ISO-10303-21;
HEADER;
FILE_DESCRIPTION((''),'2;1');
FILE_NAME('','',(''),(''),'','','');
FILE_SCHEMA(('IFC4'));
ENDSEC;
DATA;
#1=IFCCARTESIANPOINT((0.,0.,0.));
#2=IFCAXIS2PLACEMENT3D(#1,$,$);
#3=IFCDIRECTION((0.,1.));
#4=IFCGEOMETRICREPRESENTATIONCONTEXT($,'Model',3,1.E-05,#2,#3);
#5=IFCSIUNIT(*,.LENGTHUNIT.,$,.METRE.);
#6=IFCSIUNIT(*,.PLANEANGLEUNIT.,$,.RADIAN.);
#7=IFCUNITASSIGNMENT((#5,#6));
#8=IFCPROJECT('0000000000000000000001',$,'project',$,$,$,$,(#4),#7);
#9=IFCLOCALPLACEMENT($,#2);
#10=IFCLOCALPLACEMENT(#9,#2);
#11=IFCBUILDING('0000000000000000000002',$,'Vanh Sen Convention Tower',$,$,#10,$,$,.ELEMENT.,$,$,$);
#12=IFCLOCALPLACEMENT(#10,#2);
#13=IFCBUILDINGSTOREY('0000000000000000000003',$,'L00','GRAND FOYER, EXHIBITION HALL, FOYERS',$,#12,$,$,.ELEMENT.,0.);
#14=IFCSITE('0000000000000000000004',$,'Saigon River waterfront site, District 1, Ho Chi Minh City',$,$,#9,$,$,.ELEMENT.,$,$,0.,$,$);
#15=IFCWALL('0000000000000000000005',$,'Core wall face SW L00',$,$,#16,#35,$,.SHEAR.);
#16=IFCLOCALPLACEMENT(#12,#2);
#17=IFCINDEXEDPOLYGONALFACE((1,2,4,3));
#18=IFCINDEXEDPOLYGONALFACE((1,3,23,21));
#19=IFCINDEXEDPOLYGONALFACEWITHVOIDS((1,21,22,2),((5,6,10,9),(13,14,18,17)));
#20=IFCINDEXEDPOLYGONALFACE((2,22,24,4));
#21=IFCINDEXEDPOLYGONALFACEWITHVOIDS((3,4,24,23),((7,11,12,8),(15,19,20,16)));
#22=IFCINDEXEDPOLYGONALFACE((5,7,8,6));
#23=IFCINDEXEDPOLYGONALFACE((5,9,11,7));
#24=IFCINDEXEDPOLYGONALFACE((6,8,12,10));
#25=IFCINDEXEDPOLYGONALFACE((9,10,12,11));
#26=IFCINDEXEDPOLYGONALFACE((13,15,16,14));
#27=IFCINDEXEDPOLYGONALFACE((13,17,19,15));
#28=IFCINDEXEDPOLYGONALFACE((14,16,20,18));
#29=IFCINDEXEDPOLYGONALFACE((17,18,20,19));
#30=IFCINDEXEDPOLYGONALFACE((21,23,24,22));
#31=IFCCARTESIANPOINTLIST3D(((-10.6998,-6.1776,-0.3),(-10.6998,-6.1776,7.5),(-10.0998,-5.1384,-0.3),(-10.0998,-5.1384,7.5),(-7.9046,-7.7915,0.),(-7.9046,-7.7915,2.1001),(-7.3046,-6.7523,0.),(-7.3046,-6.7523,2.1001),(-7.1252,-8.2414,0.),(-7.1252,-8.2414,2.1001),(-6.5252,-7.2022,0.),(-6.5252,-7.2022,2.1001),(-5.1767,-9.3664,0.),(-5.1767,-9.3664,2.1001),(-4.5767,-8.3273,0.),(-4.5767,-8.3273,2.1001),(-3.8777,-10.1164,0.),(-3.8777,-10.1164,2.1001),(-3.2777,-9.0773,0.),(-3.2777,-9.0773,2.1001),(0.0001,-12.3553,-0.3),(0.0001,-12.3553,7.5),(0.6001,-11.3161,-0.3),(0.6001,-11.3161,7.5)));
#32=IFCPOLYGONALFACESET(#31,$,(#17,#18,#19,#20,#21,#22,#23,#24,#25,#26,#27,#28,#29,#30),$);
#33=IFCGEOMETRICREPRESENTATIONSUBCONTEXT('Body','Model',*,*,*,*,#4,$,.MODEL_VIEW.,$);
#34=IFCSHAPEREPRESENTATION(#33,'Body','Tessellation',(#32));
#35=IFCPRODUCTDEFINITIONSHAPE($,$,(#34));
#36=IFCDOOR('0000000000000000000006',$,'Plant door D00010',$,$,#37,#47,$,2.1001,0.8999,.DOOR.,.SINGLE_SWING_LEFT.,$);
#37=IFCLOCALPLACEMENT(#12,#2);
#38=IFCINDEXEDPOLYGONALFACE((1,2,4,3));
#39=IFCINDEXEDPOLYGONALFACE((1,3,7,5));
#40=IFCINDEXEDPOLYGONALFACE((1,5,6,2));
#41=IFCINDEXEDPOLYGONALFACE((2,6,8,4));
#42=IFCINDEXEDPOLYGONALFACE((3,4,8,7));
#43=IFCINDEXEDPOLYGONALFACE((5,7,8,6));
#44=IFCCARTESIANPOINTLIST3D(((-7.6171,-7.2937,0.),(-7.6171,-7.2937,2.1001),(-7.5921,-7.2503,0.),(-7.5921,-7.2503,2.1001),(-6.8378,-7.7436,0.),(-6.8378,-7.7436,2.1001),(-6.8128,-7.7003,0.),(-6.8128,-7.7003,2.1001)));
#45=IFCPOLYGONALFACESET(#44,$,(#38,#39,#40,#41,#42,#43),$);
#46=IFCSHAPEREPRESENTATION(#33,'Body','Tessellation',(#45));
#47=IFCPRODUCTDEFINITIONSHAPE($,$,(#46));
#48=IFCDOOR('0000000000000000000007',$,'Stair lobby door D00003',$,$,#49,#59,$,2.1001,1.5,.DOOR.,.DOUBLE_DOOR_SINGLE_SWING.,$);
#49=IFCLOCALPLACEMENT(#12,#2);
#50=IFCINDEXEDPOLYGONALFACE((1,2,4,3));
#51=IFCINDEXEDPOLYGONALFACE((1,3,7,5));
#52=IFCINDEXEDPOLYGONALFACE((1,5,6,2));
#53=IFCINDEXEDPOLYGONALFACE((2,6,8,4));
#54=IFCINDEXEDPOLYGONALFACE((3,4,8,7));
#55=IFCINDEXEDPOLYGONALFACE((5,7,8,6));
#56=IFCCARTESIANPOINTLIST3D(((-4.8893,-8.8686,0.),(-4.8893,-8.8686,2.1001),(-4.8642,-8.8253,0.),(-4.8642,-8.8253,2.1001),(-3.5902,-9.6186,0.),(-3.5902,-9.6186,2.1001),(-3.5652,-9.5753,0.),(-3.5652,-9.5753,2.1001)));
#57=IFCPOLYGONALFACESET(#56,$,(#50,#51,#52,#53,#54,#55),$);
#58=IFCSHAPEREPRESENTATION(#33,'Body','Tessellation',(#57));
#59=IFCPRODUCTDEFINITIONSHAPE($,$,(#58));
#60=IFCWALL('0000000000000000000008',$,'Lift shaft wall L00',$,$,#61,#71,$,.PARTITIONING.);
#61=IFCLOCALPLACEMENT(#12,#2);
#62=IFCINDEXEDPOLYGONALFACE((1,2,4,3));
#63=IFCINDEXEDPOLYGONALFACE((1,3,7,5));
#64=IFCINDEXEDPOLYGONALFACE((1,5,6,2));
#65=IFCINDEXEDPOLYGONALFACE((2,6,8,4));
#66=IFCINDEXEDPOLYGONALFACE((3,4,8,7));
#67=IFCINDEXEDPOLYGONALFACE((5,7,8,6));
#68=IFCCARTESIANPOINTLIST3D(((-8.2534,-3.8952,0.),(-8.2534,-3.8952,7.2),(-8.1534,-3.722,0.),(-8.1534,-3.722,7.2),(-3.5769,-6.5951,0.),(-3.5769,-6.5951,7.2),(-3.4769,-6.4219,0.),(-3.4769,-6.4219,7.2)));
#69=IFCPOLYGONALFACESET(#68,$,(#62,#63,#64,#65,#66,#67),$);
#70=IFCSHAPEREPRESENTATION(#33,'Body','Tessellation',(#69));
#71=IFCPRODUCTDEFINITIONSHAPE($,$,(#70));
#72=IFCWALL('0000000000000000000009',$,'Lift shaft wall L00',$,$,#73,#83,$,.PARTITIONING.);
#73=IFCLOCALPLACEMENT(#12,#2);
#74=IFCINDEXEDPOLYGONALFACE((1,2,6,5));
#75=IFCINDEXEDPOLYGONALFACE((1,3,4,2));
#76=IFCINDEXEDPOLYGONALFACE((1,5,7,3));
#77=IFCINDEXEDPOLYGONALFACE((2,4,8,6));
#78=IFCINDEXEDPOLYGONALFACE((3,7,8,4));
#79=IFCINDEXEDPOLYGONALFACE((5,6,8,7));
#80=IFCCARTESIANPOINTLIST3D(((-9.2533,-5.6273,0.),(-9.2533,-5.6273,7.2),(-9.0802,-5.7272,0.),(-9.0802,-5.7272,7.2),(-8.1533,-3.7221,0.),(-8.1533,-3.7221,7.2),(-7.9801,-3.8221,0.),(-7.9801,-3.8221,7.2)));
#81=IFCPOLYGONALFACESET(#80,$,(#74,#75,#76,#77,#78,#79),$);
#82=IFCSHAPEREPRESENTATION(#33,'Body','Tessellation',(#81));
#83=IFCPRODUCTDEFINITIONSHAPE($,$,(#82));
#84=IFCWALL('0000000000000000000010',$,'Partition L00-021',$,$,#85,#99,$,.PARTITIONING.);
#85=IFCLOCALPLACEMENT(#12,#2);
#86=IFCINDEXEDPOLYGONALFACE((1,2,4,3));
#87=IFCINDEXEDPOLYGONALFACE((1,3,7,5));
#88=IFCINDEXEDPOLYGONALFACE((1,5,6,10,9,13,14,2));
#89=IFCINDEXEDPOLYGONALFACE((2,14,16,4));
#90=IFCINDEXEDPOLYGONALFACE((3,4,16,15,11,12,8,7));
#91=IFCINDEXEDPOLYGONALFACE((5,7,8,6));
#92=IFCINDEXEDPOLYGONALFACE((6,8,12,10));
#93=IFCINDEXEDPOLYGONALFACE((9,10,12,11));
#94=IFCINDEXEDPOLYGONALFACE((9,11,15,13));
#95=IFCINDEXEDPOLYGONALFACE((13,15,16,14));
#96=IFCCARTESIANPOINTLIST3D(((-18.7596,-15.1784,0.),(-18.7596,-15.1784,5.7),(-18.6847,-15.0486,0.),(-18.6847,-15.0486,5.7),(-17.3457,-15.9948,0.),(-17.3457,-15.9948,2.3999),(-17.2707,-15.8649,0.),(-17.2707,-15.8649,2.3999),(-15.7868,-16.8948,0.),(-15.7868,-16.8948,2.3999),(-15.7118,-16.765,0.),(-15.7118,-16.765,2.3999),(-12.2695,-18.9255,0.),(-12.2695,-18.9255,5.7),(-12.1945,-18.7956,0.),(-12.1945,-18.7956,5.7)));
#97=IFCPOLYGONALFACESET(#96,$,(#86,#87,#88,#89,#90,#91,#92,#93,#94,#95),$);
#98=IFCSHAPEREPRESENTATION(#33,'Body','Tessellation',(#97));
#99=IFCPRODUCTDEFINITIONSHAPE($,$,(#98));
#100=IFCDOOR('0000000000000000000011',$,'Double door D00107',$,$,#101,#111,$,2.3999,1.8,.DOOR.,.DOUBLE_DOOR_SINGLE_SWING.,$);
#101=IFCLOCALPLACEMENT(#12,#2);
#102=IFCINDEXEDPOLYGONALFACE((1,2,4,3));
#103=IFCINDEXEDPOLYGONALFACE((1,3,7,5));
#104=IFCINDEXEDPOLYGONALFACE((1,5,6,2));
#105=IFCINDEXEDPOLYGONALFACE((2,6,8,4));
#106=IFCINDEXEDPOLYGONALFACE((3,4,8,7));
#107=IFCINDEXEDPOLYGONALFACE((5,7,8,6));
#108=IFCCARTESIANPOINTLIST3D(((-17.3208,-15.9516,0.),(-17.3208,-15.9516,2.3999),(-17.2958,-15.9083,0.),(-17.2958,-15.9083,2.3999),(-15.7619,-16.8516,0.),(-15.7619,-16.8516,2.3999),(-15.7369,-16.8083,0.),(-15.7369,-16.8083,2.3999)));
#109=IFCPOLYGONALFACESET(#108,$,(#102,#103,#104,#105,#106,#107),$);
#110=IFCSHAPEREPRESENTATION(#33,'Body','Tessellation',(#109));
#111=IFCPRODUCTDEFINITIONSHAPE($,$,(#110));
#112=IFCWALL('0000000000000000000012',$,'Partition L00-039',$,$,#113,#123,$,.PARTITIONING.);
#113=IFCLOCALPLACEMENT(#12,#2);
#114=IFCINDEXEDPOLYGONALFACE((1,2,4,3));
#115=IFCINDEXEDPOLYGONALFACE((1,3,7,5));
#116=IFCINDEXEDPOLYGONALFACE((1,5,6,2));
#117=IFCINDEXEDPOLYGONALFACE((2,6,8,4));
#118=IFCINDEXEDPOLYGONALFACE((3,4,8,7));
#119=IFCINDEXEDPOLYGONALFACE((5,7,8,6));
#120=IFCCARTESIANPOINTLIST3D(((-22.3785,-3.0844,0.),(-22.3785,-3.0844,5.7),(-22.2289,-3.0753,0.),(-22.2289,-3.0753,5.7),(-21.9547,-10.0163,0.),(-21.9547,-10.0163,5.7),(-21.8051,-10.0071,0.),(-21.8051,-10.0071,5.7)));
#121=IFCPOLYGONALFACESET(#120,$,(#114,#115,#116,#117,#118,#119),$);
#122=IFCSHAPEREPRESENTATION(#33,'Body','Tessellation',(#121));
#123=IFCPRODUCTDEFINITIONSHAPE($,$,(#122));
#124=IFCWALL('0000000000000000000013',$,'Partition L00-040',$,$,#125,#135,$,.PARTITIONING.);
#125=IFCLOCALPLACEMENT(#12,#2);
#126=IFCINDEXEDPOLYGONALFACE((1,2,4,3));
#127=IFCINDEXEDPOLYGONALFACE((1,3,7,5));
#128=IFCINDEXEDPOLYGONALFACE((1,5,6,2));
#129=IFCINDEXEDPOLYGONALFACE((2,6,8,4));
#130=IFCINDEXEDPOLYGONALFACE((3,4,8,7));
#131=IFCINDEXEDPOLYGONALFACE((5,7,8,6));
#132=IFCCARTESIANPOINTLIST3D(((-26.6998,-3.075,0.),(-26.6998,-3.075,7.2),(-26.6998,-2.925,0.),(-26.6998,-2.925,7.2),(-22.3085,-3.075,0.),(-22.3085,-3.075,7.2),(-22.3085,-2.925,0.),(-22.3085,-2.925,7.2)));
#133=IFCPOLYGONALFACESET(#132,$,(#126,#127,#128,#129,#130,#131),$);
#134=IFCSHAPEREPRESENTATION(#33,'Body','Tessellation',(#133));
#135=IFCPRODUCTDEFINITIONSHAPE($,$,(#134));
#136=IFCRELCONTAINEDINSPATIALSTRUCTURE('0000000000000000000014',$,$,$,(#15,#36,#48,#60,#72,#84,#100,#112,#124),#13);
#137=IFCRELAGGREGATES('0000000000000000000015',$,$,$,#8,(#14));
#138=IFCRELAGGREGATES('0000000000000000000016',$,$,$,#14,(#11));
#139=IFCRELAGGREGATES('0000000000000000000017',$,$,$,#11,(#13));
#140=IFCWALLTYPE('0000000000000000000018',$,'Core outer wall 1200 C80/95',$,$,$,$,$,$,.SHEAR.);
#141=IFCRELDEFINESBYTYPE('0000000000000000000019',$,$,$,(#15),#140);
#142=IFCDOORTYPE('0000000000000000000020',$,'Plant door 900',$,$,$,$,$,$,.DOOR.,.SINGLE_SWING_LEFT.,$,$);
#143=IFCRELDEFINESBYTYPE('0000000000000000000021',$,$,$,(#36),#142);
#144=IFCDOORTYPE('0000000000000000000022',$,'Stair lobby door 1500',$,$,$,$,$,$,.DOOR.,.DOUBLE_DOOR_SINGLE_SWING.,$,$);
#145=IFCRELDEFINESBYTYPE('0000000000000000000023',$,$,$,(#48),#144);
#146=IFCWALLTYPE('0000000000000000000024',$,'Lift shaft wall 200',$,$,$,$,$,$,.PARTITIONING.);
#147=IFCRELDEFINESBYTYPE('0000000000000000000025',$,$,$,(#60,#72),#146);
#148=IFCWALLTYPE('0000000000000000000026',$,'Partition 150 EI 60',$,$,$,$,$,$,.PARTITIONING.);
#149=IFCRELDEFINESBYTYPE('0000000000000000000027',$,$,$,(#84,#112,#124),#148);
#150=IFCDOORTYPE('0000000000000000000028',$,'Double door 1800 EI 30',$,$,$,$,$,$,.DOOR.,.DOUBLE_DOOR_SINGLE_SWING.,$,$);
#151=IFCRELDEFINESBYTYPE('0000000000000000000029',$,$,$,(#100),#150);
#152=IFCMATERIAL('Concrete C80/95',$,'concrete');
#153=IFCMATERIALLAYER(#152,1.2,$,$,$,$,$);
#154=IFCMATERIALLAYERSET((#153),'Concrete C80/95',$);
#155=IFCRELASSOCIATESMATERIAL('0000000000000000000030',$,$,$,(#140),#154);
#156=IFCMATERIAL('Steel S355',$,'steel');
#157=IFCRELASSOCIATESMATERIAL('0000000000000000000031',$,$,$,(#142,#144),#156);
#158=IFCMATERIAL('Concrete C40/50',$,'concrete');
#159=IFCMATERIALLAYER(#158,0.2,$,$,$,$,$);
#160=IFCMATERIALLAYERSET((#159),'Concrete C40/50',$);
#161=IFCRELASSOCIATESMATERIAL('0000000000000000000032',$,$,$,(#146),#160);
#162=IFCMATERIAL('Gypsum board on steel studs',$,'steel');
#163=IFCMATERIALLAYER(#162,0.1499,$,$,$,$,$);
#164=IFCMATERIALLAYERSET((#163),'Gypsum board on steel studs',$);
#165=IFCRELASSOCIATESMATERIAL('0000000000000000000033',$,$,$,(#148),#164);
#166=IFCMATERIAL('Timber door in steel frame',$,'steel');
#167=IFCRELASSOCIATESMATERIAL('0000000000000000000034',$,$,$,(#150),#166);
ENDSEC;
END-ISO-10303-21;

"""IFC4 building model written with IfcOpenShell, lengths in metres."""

from ifc_helpers import new_model, si_unit, direction, frame, frame_2d, origin, place, context, subcontext, project, spatial, rectangle, extrude, material, layer, layer_set, type_object, element, fill, save


model = new_model("IFC4")

# Units and contexts
model_context = context("Model", 3, precision=1e-05, world=origin(), true_north=direction((0.0, 1.0)))
body_context = subcontext(model_context, "Body", "Model", "MODEL_VIEW")
ifc_project = project(units=[si_unit("LENGTHUNIT", "METRE"), si_unit("PLANEANGLEUNIT", "RADIAN")], contexts=[model_context])

# Site, building, storey
site_placement = place(None, origin())
site = spatial("IfcSite", under=ifc_project, at=site_placement, Name="Saigon River waterfront site, District 1, Ho Chi Minh City", CompositionType="ELEMENT", RefElevation=0.0)
building_placement = place(site_placement, origin())
building = spatial("IfcBuilding", under=site, at=building_placement, Name="Vanh Sen Convention Tower", CompositionType="ELEMENT")
storey_placement = place(building_placement, origin())
storey = spatial("IfcBuildingStorey", under=building, at=storey_placement, Name="L00", Description="GRAND FOYER, EXHIBITION HALL, FOYERS", CompositionType="ELEMENT", Elevation=0.0)

# Shared definitions
ifc_material_1 = material(Name="Concrete C40/50", Category="concrete")

# Shared definitions
ifc_material_2 = material(Name="Concrete C80/95", Category="concrete")

# Wall, openings, doors
ifc_layer_1 = layer(ifc_material_2, 1.2)
ifc_layer_set_1 = layer_set([ifc_layer_1], Name="Concrete C80/95")
wall_type_1 = type_object("IfcWallType", Name="Core outer wall 1200 C80/95", PredefinedType="SHEAR", material=ifc_layer_set_1)
wall_1_placement = place(storey_placement, frame((-10.3999, -5.658, -0.3), z_axis=(0.0, 0.0, 1.0), x_axis=(0.866021, -0.500007, 0.0)))
wall_1 = element("IfcWall", 1, at=wall_1_placement, inside=storey, type_object=wall_type_1, Name="Core wall face SW L00", PredefinedType="SHEAR", context=body_context, shape_type="SweptSolid", body=[
    extrude(rectangle(XDim=12.3552, YDim=1.2, at=frame_2d((6.1777, 0.0))), origin(), (0.0, 0.0, 1.0), 7.8),
])
opening_1_placement = place(wall_1_placement, frame((6.3777, 0.0, 0.3)))
opening_1 = element("IfcOpeningElement", 2, at=opening_1_placement, cuts=wall_1, PredefinedType="OPENING", context=body_context, shape_type="SweptSolid", body=[
    extrude(rectangle(XDim=1.5, YDim=2.1001, at=frame_2d((0.75, 1.05))), frame((0.0, 0.6099, 0.0), z_axis=(0.0, -1.0, 0.0), x_axis=(1.0, 0.0, 0.0)), (0.0, 0.0, 1.0), 1.22),
])
opening_2_placement = place(wall_1_placement, frame((3.2278, 0.0, 0.3)))
opening_2 = element("IfcOpeningElement", 3, at=opening_2_placement, cuts=wall_1, PredefinedType="OPENING", context=body_context, shape_type="SweptSolid", body=[
    extrude(rectangle(XDim=0.8999, YDim=2.1001, at=frame_2d((0.45, 1.05))), frame((0.0, 0.6099, 0.0), z_axis=(0.0, -1.0, 0.0), x_axis=(1.0, 0.0, 0.0)), (0.0, 0.0, 1.0), 1.22),
])
ifc_material_3 = material(Name="Steel S355", Category="steel")
door_type_1 = type_object("IfcDoorType", Name="Plant door 900", OperationType="SINGLE_SWING_LEFT", PredefinedType="DOOR", material=ifc_material_3)
door_1_placement = place(opening_2_placement, origin())
door_1 = element("IfcDoor", 4, at=door_1_placement, inside=storey, type_object=door_type_1, Name="Plant door D00010", OperationType="SINGLE_SWING_LEFT", OverallHeight=2.1001, OverallWidth=0.8999, PredefinedType="DOOR", context=body_context, shape_type="SweptSolid", body=[
    extrude(rectangle(XDim=0.8999, YDim=2.1001, at=frame_2d((0.45, 1.05))), frame((0.0, 0.0249, 0.0), z_axis=(0.0, -1.0, 0.0), x_axis=(1.0, 0.0, 0.0)), (0.0, 0.0, 1.0), 0.05),
])
fill(opening_2, door_1)
door_type_2 = type_object("IfcDoorType", Name="Stair lobby door 1500", OperationType="DOUBLE_DOOR_SINGLE_SWING", PredefinedType="DOOR", material=ifc_material_3)
door_2_placement = place(opening_1_placement, origin())
door_2 = element("IfcDoor", 5, at=door_2_placement, inside=storey, type_object=door_type_2, Name="Stair lobby door D00003", OperationType="DOUBLE_DOOR_SINGLE_SWING", OverallHeight=2.1001, OverallWidth=1.5, PredefinedType="DOOR", context=body_context, shape_type="SweptSolid", body=[
    extrude(rectangle(XDim=1.5, YDim=2.1001, at=frame_2d((0.75, 1.05))), frame((0.0, 0.0249, 0.0), z_axis=(0.0, -1.0, 0.0), x_axis=(1.0, 0.0, 0.0)), (0.0, 0.0, 1.0), 0.05),
])
fill(opening_1, door_2)

# Walls
ifc_layer_2 = layer(ifc_material_1, 0.2)
ifc_layer_set_2 = layer_set([ifc_layer_2], Name="Concrete C40/50")
wall_type_2 = type_object("IfcWallType", Name="Lift shaft wall 200", PredefinedType="PARTITIONING", material=ifc_layer_set_2)
wall_2_placement = place(storey_placement, frame((-8.2034, -3.8086, 0.0), z_axis=(0.0, 0.0, 1.0), x_axis=(0.866028, -0.499995, 0.0)))
element("IfcWall", 6, at=wall_2_placement, inside=storey, type_object=wall_type_2, Name="Lift shaft wall L00", PredefinedType="PARTITIONING", context=body_context, shape_type="SweptSolid", body=[
    extrude(rectangle(XDim=5.3999, YDim=0.2, at=frame_2d((2.7, 0.0))), origin(), (0.0, 0.0, 1.0), 7.2),
])
wall_3_placement = place(storey_placement, frame((-8.0667, -3.772, 0.0), z_axis=(0.0, 0.0, 1.0), x_axis=(-0.50003, -0.866008, 0.0)))
element("IfcWall", 7, at=wall_3_placement, inside=storey, type_object=wall_type_2, Name="Lift shaft wall L00", PredefinedType="PARTITIONING", context=body_context, shape_type="SweptSolid", body=[
    extrude(rectangle(XDim=2.2, YDim=0.2, at=frame_2d((1.1001, 0.0))), origin(), (0.0, 0.0, 1.0), 7.2),
])

# Wall, opening, door
ifc_material_4 = material(Name="Gypsum board on steel studs", Category="steel")
ifc_layer_3 = layer(ifc_material_4, 0.1499)
ifc_layer_set_3 = layer_set([ifc_layer_3], Name="Gypsum board on steel studs")
wall_type_3 = type_object("IfcWallType", Name="Partition 150 EI 60", PredefinedType="PARTITIONING", material=ifc_layer_set_3)
wall_4_placement = place(storey_placement, frame((-18.7222, -15.1135, 0.0), z_axis=(0.0, 0.0, 1.0), x_axis=(0.866029, -0.499993, 0.0)))
wall_4 = element("IfcWall", 8, at=wall_4_placement, inside=storey, type_object=wall_type_3, Name="Partition L00-021", PredefinedType="PARTITIONING", context=body_context, shape_type="SweptSolid", body=[
    extrude(rectangle(XDim=7.4941, YDim=0.1499, at=frame_2d((3.7471, 0.0))), origin(), (0.0, 0.0, 1.0), 5.7),
])
opening_3_placement = place(wall_4_placement, frame((1.6328, 0.0, 0.0)))
opening_3 = element("IfcOpeningElement", 9, at=opening_3_placement, cuts=wall_4, PredefinedType="OPENING", context=body_context, shape_type="SweptSolid", body=[
    extrude(rectangle(XDim=1.8, YDim=2.3999, at=frame_2d((0.8999, 1.2))), frame((0.0, 0.085, 0.0), z_axis=(0.0, -1.0, 0.0), x_axis=(1.0, 0.0, 0.0)), (0.0, 0.0, 1.0), 0.1699),
])
ifc_material_5 = material(Name="Timber door in steel frame", Category="steel")
door_type_3 = type_object("IfcDoorType", Name="Double door 1800 EI 30", OperationType="DOUBLE_DOOR_SINGLE_SWING", PredefinedType="DOOR", material=ifc_material_5)
door_3_placement = place(opening_3_placement, origin())
door_3 = element("IfcDoor", 10, at=door_3_placement, inside=storey, type_object=door_type_3, Name="Double door D00107", OperationType="DOUBLE_DOOR_SINGLE_SWING", OverallHeight=2.3999, OverallWidth=1.8, PredefinedType="DOOR", context=body_context, shape_type="SweptSolid", body=[
    extrude(rectangle(XDim=1.8, YDim=2.3999, at=frame_2d((0.8999, 1.2))), frame((0.0, 0.0249, 0.0), z_axis=(0.0, -1.0, 0.0), x_axis=(1.0, 0.0, 0.0)), (0.0, 0.0, 1.0), 0.05),
])
fill(opening_3, door_3)

# Walls
wall_5_placement = place(storey_placement, frame((-22.3037, -3.0798, 0.0), z_axis=(0.0, 0.0, 1.0), x_axis=(0.061028, -0.998136, 0.0)))
element("IfcWall", 11, at=wall_5_placement, inside=storey, type_object=wall_type_3, Name="Partition L00-039", PredefinedType="PARTITIONING", context=body_context, shape_type="SweptSolid", body=[
    extrude(rectangle(XDim=6.9448, YDim=0.1499, at=frame_2d((3.4724, 0.0))), origin(), (0.0, 0.0, 1.0), 5.7),
])
wall_6_placement = place(storey_placement, frame((-26.7, -3.0, 0.0), z_axis=(0.0, 0.0, 1.0), x_axis=(1.0, 0.0, 0.0)))
element("IfcWall", 12, at=wall_6_placement, inside=storey, type_object=wall_type_3, Name="Partition L00-040", PredefinedType="PARTITIONING", context=body_context, shape_type="SweptSolid", body=[
    extrude(rectangle(XDim=4.3914, YDim=0.1499, at=frame_2d((2.1958, 0.0))), origin(), (0.0, 0.0, 1.0), 7.2),
])

save(model, "model.ifc")
